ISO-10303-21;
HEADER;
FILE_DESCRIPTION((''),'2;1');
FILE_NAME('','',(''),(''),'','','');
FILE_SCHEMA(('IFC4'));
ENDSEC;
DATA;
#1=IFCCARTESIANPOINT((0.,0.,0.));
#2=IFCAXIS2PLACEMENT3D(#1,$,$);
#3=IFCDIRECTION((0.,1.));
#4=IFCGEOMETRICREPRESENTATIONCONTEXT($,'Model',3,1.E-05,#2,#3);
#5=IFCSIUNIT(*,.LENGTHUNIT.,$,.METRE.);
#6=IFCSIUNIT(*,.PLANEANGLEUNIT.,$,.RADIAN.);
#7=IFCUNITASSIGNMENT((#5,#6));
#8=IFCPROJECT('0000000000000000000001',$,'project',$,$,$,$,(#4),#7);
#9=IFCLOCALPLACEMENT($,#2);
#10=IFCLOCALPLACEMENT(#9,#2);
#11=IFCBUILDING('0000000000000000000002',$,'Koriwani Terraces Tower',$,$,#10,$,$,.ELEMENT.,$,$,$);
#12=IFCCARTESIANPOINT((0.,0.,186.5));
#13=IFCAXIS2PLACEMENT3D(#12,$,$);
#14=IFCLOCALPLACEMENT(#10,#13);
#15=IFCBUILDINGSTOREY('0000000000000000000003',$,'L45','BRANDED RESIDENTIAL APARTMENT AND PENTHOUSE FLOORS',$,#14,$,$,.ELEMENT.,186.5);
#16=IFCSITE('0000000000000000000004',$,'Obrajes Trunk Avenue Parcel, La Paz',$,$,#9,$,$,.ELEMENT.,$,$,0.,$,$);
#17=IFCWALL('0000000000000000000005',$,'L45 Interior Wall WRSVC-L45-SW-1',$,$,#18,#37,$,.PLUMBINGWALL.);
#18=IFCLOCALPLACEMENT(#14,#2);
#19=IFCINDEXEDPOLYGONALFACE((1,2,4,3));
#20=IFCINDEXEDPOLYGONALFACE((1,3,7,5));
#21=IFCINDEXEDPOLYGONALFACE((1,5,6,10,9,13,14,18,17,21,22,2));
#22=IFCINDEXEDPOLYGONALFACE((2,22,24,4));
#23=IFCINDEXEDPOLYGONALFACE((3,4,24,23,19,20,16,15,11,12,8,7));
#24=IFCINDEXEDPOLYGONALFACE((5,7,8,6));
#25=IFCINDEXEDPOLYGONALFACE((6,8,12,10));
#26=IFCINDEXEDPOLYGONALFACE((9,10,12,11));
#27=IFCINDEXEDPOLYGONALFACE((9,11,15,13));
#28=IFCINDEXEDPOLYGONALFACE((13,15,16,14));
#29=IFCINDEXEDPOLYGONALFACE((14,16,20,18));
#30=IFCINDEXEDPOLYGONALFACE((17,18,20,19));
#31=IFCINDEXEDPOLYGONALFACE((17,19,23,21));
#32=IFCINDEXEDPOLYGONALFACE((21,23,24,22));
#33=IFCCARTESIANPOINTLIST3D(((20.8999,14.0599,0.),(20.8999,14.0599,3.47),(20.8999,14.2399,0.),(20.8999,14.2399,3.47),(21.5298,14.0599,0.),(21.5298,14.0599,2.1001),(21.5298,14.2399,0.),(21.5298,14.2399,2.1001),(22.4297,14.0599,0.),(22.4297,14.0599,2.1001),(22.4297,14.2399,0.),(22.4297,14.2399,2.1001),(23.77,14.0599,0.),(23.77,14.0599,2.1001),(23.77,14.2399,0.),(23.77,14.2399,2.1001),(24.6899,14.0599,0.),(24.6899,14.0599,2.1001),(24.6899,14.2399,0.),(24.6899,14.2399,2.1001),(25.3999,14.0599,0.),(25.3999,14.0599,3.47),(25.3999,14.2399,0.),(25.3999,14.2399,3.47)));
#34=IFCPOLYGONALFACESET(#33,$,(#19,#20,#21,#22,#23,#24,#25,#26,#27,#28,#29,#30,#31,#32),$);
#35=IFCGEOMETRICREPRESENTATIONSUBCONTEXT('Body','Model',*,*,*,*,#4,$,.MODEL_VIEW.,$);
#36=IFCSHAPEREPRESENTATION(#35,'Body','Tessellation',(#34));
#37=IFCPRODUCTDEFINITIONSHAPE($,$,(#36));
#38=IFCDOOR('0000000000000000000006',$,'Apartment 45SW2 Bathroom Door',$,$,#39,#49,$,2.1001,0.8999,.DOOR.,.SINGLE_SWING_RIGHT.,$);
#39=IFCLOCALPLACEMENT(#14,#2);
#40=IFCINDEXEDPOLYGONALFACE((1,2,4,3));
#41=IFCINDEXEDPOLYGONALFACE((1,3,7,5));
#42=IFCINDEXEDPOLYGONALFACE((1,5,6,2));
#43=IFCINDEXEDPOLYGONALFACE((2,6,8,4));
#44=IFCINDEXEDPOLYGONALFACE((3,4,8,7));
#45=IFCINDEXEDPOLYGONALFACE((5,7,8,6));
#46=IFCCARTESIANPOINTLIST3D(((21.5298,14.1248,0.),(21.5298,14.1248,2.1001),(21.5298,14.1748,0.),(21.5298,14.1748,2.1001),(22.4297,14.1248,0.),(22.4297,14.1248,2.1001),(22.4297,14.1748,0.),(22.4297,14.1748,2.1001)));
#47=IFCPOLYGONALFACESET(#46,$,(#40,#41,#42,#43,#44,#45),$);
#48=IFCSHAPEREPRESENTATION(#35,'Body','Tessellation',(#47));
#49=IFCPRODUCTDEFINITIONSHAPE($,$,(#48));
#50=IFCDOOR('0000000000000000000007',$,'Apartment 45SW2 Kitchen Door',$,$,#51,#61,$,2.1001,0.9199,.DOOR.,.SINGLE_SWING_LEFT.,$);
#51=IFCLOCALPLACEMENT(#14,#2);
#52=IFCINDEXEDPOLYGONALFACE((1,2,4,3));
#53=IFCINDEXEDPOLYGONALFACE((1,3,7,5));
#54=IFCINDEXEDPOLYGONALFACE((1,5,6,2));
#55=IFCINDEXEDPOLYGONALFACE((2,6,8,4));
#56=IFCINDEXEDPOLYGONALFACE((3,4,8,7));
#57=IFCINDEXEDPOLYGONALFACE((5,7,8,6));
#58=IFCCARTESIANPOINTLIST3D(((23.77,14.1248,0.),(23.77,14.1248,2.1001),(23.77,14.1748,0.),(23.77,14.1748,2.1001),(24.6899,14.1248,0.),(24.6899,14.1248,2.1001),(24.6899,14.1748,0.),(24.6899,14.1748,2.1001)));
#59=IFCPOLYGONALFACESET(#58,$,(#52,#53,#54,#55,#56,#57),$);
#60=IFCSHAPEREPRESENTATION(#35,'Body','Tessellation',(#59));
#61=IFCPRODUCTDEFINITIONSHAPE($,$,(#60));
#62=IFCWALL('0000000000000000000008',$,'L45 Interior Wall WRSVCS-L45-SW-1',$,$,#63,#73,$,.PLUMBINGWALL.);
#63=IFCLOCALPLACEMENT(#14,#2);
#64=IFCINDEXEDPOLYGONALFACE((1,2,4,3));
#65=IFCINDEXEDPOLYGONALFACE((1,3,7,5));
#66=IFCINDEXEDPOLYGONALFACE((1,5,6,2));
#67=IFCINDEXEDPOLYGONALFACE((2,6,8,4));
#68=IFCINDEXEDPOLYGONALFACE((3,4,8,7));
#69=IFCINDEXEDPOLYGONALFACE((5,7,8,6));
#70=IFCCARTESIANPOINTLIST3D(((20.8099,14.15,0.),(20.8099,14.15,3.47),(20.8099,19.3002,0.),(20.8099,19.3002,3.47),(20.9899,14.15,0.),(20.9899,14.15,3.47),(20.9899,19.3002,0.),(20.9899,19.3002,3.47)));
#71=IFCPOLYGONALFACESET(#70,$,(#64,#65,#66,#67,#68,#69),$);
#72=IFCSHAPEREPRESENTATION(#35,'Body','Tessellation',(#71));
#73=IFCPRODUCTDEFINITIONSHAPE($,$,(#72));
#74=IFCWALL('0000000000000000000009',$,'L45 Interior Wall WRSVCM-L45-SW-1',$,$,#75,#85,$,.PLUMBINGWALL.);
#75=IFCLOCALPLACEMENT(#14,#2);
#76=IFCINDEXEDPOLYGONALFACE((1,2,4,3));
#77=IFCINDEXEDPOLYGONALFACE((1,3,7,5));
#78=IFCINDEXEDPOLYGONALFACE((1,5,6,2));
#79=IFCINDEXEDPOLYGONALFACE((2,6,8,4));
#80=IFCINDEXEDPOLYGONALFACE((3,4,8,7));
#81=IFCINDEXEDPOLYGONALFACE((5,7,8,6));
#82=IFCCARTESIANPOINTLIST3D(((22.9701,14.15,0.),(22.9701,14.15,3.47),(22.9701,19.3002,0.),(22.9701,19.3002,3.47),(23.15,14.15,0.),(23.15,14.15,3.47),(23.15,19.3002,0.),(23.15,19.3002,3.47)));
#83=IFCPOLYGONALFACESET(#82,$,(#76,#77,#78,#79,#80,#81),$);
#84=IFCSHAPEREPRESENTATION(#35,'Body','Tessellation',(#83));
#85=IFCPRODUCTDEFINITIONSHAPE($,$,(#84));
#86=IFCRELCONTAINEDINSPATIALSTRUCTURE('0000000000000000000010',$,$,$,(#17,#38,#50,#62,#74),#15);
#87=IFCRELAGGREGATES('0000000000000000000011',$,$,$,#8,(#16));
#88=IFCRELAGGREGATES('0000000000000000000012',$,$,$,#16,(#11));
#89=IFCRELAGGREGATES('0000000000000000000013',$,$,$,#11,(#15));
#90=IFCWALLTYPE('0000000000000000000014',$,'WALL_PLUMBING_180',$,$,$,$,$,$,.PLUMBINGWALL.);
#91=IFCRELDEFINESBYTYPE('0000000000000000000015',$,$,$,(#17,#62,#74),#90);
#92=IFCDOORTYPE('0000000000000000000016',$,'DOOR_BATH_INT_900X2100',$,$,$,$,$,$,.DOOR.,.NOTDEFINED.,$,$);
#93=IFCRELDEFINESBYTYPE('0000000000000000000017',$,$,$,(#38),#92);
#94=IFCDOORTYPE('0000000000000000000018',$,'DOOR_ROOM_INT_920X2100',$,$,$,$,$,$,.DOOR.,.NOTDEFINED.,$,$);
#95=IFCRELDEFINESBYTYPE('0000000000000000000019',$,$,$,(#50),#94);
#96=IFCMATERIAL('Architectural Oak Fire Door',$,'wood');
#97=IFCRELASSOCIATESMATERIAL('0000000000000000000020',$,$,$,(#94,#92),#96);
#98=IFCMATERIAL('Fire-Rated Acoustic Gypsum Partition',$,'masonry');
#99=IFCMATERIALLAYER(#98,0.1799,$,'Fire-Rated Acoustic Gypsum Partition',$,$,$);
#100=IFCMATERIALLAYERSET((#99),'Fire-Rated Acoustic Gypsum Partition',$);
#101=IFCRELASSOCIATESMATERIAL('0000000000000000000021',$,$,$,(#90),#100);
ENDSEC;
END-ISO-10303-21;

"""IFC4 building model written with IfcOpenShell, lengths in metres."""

from ifc_helpers import new_model, si_unit, direction, frame, frame_2d, origin, place, context, subcontext, project, spatial, rectangle, extrude, material, layer, layer_set, type_object, element, fill, save


model = new_model("IFC4")

# Units and contexts
model_context = context("Model", 3, precision=1e-05, world=origin(), true_north=direction((0.0, 1.0)))
body_context = subcontext(model_context, "Body", "Model", "MODEL_VIEW")
ifc_project = project(units=[si_unit("LENGTHUNIT", "METRE"), si_unit("PLANEANGLEUNIT", "RADIAN")], contexts=[model_context])

# Site, building, storey
site_placement = place(None, origin())
site = spatial("IfcSite", under=ifc_project, at=site_placement, Name="Obrajes Trunk Avenue Parcel, La Paz", CompositionType="ELEMENT", RefElevation=0.0)
building_placement = place(site_placement, origin())
building = spatial("IfcBuilding", under=site, at=building_placement, Name="Koriwani Terraces Tower", CompositionType="ELEMENT")
storey_placement = place(building_placement, frame((0.0, 0.0, 186.5)))
storey = spatial("IfcBuildingStorey", under=building, at=storey_placement, Name="L45", Description="BRANDED RESIDENTIAL APARTMENT AND PENTHOUSE FLOORS", CompositionType="ELEMENT", Elevation=186.5)

# Shared definitions
ifc_material_1 = material(Name="Fire-Rated Acoustic Gypsum Partition", Category="masonry")
ifc_material_2 = material(Name="Architectural Oak Fire Door", Category="wood")
door_type_1 = type_object("IfcDoorType", Name="DOOR_ROOM_INT_920X2100", OperationType="NOTDEFINED", PredefinedType="DOOR", material=ifc_material_2)

# Shared definitions
ifc_layer_1 = layer(ifc_material_1, 0.1799, Name="Fire-Rated Acoustic Gypsum Partition")
ifc_layer_set_1 = layer_set([ifc_layer_1], Name="Fire-Rated Acoustic Gypsum Partition")
wall_type_1 = type_object("IfcWallType", Name="WALL_PLUMBING_180", PredefinedType="PLUMBINGWALL", material=ifc_layer_set_1)
door_type_2 = type_object("IfcDoorType", Name="DOOR_BATH_INT_900X2100", OperationType="NOTDEFINED", PredefinedType="DOOR", material=ifc_material_2)

# Wall, openings, doors
wall_1_placement = place(storey_placement, frame((20.8999, 14.1499, 0.0), z_axis=(0.0, 0.0, 1.0), x_axis=(1.0, 0.0, 0.0)))
wall_1 = element("IfcWall", 1, at=wall_1_placement, inside=storey, type_object=wall_type_1, Name="L45 Interior Wall WRSVC-L45-SW-1", PredefinedType="PLUMBINGWALL", context=body_context, shape_type="SweptSolid", body=[
    extrude(rectangle(XDim=4.5, YDim=0.1799, at=frame_2d((2.25, 0.0))), origin(), (0.0, 0.0, 1.0), 3.47),
])
opening_1_placement = place(wall_1_placement, frame((0.6299, 0.0, 0.0)))
opening_1 = element("IfcOpeningElement", 2, at=opening_1_placement, cuts=wall_1, PredefinedType="OPENING", context=body_context, shape_type="SweptSolid", body=[
    extrude(rectangle(XDim=0.8999, YDim=2.1001, at=frame_2d((0.45, 1.05))), frame((0.0, 0.1001, 0.0), z_axis=(0.0, -1.0, 0.0), x_axis=(1.0, 0.0, 0.0)), (0.0, 0.0, 1.0), 0.2),
])
opening_2_placement = place(wall_1_placement, frame((2.8701, 0.0, 0.0)))
opening_2 = element("IfcOpeningElement", 3, at=opening_2_placement, cuts=wall_1, PredefinedType="OPENING", context=body_context, shape_type="SweptSolid", body=[
    extrude(rectangle(XDim=0.9199, YDim=2.1001, at=frame_2d((0.46, 1.05))), frame((0.0, 0.1001, 0.0), z_axis=(0.0, -1.0, 0.0), x_axis=(1.0, 0.0, 0.0)), (0.0, 0.0, 1.0), 0.2),
])
door_1_placement = place(opening_1_placement, origin())
door_1 = element("IfcDoor", 4, at=door_1_placement, inside=storey, type_object=door_type_2, Name="Apartment 45SW2 Bathroom Door", OperationType="SINGLE_SWING_RIGHT", OverallHeight=2.1001, OverallWidth=0.8999, PredefinedType="DOOR", context=body_context, shape_type="SweptSolid", body=[
    extrude(rectangle(XDim=0.8999, YDim=2.1001, at=frame_2d((0.45, 1.05))), frame((0.0, 0.0249, 0.0), z_axis=(0.0, -1.0, 0.0), x_axis=(1.0, 0.0, 0.0)), (0.0, 0.0, 1.0), 0.05),
])
fill(opening_1, door_1)
door_2_placement = place(opening_2_placement, origin())
door_2 = element("IfcDoor", 5, at=door_2_placement, inside=storey, type_object=door_type_1, Name="Apartment 45SW2 Kitchen Door", OperationType="SINGLE_SWING_LEFT", OverallHeight=2.1001, OverallWidth=0.9199, PredefinedType="DOOR", context=body_context, shape_type="SweptSolid", body=[
    extrude(rectangle(XDim=0.9199, YDim=2.1001, at=frame_2d((0.46, 1.05))), frame((0.0, 0.0249, 0.0), z_axis=(0.0, -1.0, 0.0), x_axis=(1.0, 0.0, 0.0)), (0.0, 0.0, 1.0), 0.05),
])
fill(opening_2, door_2)

# Walls
for number, where, z_axis, x_axis, name in (
    (6, (20.8999, 14.1499, 0.0), (0.0, 0.0, 1.0), (0.0, 1.0, 0.0), "L45 Interior Wall WRSVCS-L45-SW-1"),
    (7, (23.0601, 14.1499, 0.0), (0.0, 0.0, 1.0), (0.0, 1.0, 0.0), "L45 Interior Wall WRSVCM-L45-SW-1"),
):
    element("IfcWall", number, at=place(storey_placement, frame(where, z_axis=z_axis, x_axis=x_axis)), inside=storey, type_object=wall_type_1, Name=name, PredefinedType="PLUMBINGWALL", context=body_context, shape_type="SweptSolid", body=[
        extrude(rectangle(XDim=5.1501, YDim=0.1799, at=frame_2d((2.5752, 0.0))), origin(), (0.0, 0.0, 1.0), 3.47),
    ])

save(model, "model.ifc")
